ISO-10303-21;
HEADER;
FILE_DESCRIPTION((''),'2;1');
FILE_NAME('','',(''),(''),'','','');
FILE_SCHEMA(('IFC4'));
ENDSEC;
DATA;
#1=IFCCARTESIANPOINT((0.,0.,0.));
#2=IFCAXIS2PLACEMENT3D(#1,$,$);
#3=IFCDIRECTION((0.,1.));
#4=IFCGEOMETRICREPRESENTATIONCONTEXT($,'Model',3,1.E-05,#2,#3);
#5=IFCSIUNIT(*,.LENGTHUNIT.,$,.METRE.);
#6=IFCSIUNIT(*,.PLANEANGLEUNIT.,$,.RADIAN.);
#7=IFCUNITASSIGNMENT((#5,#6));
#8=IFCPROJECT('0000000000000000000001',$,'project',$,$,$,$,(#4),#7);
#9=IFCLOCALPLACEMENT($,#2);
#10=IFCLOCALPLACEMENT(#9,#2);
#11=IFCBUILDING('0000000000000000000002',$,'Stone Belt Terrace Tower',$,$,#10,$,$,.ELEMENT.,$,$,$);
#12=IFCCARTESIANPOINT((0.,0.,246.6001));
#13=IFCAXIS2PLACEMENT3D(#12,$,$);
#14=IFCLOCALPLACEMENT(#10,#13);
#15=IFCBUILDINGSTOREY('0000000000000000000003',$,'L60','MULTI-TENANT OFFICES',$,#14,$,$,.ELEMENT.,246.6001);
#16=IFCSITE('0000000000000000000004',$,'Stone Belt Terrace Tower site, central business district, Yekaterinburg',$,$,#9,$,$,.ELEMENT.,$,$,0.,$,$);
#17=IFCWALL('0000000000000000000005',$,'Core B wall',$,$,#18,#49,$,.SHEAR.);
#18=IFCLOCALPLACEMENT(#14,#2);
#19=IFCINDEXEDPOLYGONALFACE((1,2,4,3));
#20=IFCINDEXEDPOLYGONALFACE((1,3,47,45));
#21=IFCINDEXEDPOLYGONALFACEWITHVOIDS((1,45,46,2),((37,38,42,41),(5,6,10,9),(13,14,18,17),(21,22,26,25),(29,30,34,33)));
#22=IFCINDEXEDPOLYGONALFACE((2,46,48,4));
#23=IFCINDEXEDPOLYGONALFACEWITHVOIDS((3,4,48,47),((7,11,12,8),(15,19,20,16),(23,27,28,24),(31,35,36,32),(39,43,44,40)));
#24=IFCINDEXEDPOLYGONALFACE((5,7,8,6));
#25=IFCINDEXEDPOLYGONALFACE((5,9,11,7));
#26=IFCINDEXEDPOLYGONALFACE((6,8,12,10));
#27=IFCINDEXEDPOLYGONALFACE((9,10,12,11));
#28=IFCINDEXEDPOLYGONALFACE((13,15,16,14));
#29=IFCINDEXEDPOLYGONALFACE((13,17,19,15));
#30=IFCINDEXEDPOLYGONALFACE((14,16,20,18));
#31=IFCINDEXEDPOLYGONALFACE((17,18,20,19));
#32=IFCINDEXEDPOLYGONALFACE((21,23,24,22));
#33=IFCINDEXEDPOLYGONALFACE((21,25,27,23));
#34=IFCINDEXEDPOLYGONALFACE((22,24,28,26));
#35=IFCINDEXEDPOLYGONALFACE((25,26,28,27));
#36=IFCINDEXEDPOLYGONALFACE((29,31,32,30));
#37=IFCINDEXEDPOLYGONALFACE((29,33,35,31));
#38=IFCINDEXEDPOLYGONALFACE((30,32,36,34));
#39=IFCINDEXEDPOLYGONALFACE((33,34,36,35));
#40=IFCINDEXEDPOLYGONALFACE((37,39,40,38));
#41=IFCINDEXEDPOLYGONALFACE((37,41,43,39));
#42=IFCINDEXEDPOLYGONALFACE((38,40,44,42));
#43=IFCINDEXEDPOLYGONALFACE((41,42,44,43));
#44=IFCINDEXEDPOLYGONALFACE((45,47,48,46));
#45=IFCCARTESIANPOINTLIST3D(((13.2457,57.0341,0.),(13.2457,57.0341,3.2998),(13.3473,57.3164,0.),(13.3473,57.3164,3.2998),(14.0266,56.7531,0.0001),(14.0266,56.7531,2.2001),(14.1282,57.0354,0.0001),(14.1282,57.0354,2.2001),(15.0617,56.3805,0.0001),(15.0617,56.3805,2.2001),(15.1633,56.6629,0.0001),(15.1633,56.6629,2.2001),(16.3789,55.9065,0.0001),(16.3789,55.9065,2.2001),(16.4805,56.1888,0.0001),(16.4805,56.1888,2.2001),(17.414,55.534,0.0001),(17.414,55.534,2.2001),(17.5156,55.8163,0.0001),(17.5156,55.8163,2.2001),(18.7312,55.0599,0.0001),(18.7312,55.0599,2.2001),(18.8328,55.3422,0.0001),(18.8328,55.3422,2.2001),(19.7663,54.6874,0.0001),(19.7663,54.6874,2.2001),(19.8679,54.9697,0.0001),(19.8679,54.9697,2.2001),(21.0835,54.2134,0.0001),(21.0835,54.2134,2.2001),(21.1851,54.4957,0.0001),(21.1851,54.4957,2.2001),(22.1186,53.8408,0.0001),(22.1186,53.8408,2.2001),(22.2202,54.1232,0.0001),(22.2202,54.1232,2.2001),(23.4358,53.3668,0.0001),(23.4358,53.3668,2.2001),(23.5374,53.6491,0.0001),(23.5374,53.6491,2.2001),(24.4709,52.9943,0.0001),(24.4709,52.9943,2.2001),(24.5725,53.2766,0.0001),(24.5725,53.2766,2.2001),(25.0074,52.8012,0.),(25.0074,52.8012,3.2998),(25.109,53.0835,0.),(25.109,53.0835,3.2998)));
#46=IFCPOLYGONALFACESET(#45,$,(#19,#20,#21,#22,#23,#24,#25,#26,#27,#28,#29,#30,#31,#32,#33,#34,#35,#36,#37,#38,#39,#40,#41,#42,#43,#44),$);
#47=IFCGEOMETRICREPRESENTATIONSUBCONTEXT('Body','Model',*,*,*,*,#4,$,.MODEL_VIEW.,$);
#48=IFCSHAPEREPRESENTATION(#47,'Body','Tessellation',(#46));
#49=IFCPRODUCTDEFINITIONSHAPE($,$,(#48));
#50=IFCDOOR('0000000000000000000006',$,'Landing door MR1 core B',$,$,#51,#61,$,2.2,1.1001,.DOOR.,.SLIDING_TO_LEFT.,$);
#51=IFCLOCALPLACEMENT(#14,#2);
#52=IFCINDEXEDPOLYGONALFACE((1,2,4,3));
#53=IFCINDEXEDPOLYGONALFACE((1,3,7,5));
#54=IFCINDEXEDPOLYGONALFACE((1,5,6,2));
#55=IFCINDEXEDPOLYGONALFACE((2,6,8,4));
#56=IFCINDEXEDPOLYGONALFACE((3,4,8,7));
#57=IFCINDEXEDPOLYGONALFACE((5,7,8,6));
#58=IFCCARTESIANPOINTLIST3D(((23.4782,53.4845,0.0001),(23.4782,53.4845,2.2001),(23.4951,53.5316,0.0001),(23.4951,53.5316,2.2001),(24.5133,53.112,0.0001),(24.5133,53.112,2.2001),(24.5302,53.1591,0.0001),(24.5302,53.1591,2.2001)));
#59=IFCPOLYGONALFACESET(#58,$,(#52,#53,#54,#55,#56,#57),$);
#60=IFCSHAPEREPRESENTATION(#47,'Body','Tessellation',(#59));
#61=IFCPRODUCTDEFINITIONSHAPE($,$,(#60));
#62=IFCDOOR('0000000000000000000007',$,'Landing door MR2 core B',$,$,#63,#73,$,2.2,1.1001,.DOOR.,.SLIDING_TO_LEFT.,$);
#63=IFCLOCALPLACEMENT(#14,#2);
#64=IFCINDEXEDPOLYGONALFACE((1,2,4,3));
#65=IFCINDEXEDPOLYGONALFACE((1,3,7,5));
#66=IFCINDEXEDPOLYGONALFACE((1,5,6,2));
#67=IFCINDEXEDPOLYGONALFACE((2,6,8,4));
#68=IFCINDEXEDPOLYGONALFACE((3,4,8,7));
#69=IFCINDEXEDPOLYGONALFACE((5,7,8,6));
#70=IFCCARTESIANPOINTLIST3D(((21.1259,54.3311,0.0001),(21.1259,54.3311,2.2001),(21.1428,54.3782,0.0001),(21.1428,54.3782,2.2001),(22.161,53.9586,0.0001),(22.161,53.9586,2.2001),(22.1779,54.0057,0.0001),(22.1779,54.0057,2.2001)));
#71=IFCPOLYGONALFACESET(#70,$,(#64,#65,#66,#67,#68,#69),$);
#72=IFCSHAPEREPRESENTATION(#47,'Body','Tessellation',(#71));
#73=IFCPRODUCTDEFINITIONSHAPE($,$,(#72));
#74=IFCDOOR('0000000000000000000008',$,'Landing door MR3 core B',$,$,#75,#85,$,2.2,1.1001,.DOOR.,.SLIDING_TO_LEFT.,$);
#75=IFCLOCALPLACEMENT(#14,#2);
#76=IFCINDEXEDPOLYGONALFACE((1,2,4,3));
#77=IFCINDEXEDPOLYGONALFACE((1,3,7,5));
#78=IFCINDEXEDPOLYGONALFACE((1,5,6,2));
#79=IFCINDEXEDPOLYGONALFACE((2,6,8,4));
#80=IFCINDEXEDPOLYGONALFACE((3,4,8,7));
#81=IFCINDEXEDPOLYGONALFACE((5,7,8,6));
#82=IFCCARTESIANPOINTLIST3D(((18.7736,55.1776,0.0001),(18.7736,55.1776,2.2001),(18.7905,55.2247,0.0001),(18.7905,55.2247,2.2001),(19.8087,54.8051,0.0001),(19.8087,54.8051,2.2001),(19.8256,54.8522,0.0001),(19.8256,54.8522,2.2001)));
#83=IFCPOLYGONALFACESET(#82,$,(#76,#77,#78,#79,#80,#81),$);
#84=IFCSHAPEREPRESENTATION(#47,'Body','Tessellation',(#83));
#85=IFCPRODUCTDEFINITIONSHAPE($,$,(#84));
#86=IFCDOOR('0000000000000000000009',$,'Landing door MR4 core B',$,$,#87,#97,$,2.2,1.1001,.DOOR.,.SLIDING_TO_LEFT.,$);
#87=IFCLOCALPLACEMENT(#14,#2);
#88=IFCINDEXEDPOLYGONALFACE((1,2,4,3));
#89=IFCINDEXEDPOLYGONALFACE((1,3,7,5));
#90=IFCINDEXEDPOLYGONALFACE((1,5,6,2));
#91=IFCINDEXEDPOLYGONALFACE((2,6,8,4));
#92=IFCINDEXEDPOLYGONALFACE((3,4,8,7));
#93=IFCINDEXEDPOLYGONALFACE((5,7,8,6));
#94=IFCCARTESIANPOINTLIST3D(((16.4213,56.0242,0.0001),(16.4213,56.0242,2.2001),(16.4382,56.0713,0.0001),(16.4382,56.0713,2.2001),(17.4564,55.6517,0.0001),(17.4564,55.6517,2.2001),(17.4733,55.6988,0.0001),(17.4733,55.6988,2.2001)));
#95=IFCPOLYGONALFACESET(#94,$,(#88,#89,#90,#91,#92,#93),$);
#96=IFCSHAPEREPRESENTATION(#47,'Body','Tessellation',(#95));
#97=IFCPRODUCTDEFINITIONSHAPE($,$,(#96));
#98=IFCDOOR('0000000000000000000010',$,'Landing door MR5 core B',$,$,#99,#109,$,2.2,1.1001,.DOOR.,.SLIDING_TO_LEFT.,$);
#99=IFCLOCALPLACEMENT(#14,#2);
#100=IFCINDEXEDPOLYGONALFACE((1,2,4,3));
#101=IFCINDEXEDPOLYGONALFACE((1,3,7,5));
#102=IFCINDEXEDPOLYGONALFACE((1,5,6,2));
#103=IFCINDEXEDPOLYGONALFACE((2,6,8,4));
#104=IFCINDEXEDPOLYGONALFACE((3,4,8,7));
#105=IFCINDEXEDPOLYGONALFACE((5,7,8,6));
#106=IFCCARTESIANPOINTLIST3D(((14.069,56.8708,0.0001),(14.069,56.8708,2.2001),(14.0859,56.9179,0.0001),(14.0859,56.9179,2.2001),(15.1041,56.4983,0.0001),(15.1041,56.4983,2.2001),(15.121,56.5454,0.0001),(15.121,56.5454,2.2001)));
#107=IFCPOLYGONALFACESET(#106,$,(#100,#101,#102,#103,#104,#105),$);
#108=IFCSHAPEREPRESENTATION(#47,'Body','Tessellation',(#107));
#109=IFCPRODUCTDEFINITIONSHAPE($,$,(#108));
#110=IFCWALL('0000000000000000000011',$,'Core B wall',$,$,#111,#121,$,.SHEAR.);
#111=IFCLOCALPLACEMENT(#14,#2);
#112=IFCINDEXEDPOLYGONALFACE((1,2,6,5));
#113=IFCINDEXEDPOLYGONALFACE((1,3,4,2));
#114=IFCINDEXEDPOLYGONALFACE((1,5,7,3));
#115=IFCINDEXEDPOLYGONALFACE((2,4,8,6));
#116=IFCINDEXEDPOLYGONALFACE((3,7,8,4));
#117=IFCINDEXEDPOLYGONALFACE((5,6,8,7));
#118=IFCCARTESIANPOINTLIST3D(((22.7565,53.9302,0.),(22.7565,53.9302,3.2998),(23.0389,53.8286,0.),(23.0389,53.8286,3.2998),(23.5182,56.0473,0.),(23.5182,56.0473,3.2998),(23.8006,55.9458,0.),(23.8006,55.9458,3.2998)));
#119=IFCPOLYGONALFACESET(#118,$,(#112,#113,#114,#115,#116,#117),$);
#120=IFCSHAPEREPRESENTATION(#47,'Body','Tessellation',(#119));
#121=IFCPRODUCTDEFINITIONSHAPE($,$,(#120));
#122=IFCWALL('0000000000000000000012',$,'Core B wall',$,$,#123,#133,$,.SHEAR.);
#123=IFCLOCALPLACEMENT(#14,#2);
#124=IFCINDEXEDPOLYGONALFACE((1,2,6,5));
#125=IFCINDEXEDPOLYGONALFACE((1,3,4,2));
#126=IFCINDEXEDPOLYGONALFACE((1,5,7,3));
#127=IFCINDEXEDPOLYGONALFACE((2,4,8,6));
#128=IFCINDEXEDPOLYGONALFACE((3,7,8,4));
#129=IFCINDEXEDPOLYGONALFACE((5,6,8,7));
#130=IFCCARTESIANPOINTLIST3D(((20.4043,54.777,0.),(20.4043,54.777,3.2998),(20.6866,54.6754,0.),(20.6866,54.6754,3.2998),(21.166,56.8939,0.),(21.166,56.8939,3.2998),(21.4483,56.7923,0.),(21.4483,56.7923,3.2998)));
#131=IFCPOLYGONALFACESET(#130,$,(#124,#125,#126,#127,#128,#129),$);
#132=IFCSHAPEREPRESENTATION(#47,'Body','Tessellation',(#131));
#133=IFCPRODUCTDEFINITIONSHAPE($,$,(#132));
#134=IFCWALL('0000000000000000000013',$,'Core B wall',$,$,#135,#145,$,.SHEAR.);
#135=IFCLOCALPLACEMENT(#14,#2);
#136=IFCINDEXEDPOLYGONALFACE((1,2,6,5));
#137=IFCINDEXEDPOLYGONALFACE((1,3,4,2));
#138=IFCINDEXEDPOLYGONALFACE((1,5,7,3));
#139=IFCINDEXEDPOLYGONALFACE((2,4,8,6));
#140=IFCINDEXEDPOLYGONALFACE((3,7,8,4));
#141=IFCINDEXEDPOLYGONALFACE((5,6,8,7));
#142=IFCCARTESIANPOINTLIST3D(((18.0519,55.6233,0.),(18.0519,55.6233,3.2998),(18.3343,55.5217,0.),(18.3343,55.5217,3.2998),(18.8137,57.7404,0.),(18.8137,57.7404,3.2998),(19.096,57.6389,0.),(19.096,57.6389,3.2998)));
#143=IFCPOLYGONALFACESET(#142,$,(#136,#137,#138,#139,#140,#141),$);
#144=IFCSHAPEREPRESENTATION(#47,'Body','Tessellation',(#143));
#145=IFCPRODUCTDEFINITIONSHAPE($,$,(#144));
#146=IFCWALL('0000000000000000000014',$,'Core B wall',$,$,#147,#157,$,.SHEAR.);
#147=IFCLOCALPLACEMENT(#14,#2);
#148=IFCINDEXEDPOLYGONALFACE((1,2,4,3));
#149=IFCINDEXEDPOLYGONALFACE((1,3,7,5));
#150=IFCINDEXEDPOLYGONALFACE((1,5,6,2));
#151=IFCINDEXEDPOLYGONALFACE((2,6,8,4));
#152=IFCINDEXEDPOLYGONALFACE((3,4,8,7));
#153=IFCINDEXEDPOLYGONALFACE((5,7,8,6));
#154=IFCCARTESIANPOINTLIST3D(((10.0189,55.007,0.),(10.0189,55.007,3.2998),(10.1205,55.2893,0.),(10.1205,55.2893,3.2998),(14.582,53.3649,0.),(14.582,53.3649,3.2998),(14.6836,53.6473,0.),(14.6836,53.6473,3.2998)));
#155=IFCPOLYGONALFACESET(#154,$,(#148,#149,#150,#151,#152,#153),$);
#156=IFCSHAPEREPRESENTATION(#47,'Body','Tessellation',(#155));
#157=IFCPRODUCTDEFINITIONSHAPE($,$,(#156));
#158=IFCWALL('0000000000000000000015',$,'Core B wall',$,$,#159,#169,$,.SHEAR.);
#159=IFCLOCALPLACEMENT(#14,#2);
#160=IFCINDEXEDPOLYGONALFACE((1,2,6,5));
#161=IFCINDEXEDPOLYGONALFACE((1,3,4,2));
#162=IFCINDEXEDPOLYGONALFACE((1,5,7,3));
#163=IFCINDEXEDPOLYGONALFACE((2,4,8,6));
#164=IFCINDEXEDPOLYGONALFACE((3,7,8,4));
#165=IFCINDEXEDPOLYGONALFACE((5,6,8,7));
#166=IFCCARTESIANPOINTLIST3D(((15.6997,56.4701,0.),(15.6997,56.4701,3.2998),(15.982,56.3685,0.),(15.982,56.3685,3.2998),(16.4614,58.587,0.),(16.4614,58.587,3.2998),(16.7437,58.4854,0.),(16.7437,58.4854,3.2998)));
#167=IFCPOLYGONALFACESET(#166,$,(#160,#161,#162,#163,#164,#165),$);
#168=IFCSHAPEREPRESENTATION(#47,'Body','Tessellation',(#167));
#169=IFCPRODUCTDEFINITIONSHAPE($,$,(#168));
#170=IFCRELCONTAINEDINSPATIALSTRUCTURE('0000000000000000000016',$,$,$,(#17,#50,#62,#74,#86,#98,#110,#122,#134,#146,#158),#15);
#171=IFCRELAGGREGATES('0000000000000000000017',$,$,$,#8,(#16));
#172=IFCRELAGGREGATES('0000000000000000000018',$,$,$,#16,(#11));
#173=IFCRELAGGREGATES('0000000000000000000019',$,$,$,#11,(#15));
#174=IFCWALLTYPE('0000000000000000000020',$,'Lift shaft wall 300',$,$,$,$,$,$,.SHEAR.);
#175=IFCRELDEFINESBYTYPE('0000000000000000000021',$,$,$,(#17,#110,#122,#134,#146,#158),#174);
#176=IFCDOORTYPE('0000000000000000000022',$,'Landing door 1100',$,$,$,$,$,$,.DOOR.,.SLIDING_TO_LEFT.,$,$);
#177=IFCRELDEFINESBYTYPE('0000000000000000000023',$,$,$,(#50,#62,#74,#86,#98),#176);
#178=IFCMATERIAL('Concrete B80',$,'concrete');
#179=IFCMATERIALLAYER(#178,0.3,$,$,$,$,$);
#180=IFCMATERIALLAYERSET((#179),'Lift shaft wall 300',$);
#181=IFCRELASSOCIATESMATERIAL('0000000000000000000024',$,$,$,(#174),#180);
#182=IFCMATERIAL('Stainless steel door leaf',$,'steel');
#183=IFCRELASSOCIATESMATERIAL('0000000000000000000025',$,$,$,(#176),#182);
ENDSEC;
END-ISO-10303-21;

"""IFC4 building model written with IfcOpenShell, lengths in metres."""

from ifc_helpers import new_model, si_unit, direction, frame, frame_2d, origin, place, context, subcontext, project, spatial, rectangle, extrude, material, layer, layer_set, type_object, element, fill, save


model = new_model("IFC4")

# Units and contexts
model_context = context("Model", 3, precision=1e-05, world=origin(), true_north=direction((0.0, 1.0)))
body_context = subcontext(model_context, "Body", "Model", "MODEL_VIEW")
ifc_project = project(units=[si_unit("LENGTHUNIT", "METRE"), si_unit("PLANEANGLEUNIT", "RADIAN")], contexts=[model_context])

# Site, building, storey
site_placement = place(None, origin())
site = spatial("IfcSite", under=ifc_project, at=site_placement, Name="Stone Belt Terrace Tower site, central business district, Yekaterinburg", CompositionType="ELEMENT", RefElevation=0.0)
building_placement = place(site_placement, origin())
building = spatial("IfcBuilding", under=site, at=building_placement, Name="Stone Belt Terrace Tower", CompositionType="ELEMENT")
storey_placement = place(building_placement, frame((0.0, 0.0, 246.6001)))
storey = spatial("IfcBuildingStorey", under=building, at=storey_placement, Name="L60", Description="MULTI-TENANT OFFICES", CompositionType="ELEMENT", Elevation=246.6001)

# Shared definitions
ifc_material_1 = material(Name="Concrete B80", Category="concrete")
ifc_layer_1 = layer(ifc_material_1, 0.3)
ifc_layer_set_1 = layer_set([ifc_layer_1], Name="Lift shaft wall 300")
wall_type_1 = type_object("IfcWallType", Name="Lift shaft wall 300", PredefinedType="SHEAR", material=ifc_layer_set_1)

# Wall, openings, doors
wall_1_placement = place(storey_placement, frame((25.0581, 52.9424, 0.0), z_axis=(0.0, 0.0, 1.0), x_axis=(-0.940921, 0.338627, 0.0)))
wall_1 = element("IfcWall", 1, at=wall_1_placement, inside=storey, type_object=wall_type_1, Name="Core B wall", PredefinedType="SHEAR", context=body_context, shape_type="SweptSolid", body=[
    extrude(rectangle(XDim=12.5002, YDim=0.3, at=frame_2d((6.25, 0.0))), origin(), (0.0, 0.0, 1.0), 3.2998),
])
opening_1_placement = place(wall_1_placement, frame((0.5701, 0.0, 0.0)))
opening_1 = element("IfcOpeningElement", 2, at=opening_1_placement, cuts=wall_1, PredefinedType="OPENING", context=body_context, shape_type="SweptSolid", body=[
    extrude(rectangle(XDim=1.1001, YDim=2.2, at=frame_2d((0.55, 1.1001))), frame((0.0, 0.1599, 0.0), z_axis=(0.0, -1.0, 0.0), x_axis=(1.0, 0.0, 0.0)), (0.0, 0.0, 1.0), 0.3201),
])
opening_2_placement = place(wall_1_placement, frame((3.0701, 0.0, 0.0)))
opening_2 = element("IfcOpeningElement", 3, at=opening_2_placement, cuts=wall_1, PredefinedType="OPENING", context=body_context, shape_type="SweptSolid", body=[
    extrude(rectangle(XDim=1.1001, YDim=2.2, at=frame_2d((0.55, 1.1001))), frame((0.0, 0.1599, 0.0), z_axis=(0.0, -1.0, 0.0), x_axis=(1.0, 0.0, 0.0)), (0.0, 0.0, 1.0), 0.3201),
])
opening_3_placement = place(wall_1_placement, frame((5.5701, 0.0, 0.0)))
opening_3 = element("IfcOpeningElement", 4, at=opening_3_placement, cuts=wall_1, PredefinedType="OPENING", context=body_context, shape_type="SweptSolid", body=[
    extrude(rectangle(XDim=1.1001, YDim=2.2, at=frame_2d((0.55, 1.1001))), frame((0.0, 0.1599, 0.0), z_axis=(0.0, -1.0, 0.0), x_axis=(1.0, 0.0, 0.0)), (0.0, 0.0, 1.0), 0.3201),
])
opening_4_placement = place(wall_1_placement, frame((8.0701, 0.0, 0.0)))
opening_4 = element("IfcOpeningElement", 5, at=opening_4_placement, cuts=wall_1, PredefinedType="OPENING", context=body_context, shape_type="SweptSolid", body=[
    extrude(rectangle(XDim=1.1001, YDim=2.2, at=frame_2d((0.55, 1.1001))), frame((0.0, 0.1599, 0.0), z_axis=(0.0, -1.0, 0.0), x_axis=(1.0, 0.0, 0.0)), (0.0, 0.0, 1.0), 0.3201),
])
opening_5_placement = place(wall_1_placement, frame((10.5701, 0.0, 0.0)))
opening_5 = element("IfcOpeningElement", 6, at=opening_5_placement, cuts=wall_1, PredefinedType="OPENING", context=body_context, shape_type="SweptSolid", body=[
    extrude(rectangle(XDim=1.1001, YDim=2.2, at=frame_2d((0.55, 1.1001))), frame((0.0, 0.1599, 0.0), z_axis=(0.0, -1.0, 0.0), x_axis=(1.0, 0.0, 0.0)), (0.0, 0.0, 1.0), 0.3201),
])
ifc_material_2 = material(Name="Stainless steel door leaf", Category="steel")
door_type = type_object("IfcDoorType", Name="Landing door 1100", OperationType="SLIDING_TO_LEFT", PredefinedType="DOOR", material=ifc_material_2)
door_1_placement = place(opening_1_placement, origin())
door_1 = element("IfcDoor", 7, at=door_1_placement, inside=storey, type_object=door_type, Name="Landing door MR1 core B", OperationType="SLIDING_TO_LEFT", OverallHeight=2.2, OverallWidth=1.1001, PredefinedType="DOOR", context=body_context, shape_type="SweptSolid", body=[
    extrude(rectangle(XDim=1.1001, YDim=2.2, at=frame_2d((0.55, 1.1001))), frame((0.0, 0.0249, 0.0), z_axis=(0.0, -1.0, 0.0), x_axis=(1.0, 0.0, 0.0)), (0.0, 0.0, 1.0), 0.05),
])
fill(opening_1, door_1)
door_2_placement = place(opening_2_placement, origin())
door_2 = element("IfcDoor", 8, at=door_2_placement, inside=storey, type_object=door_type, Name="Landing door MR2 core B", OperationType="SLIDING_TO_LEFT", OverallHeight=2.2, OverallWidth=1.1001, PredefinedType="DOOR", context=body_context, shape_type="SweptSolid", body=[
    extrude(rectangle(XDim=1.1001, YDim=2.2, at=frame_2d((0.55, 1.1001))), frame((0.0, 0.0249, 0.0), z_axis=(0.0, -1.0, 0.0), x_axis=(1.0, 0.0, 0.0)), (0.0, 0.0, 1.0), 0.05),
])
fill(opening_2, door_2)
door_3_placement = place(opening_3_placement, origin())
door_3 = element("IfcDoor", 9, at=door_3_placement, inside=storey, type_object=door_type, Name="Landing door MR3 core B", OperationType="SLIDING_TO_LEFT", OverallHeight=2.2, OverallWidth=1.1001, PredefinedType="DOOR", context=body_context, shape_type="SweptSolid", body=[
    extrude(rectangle(XDim=1.1001, YDim=2.2, at=frame_2d((0.55, 1.1001))), frame((0.0, 0.0249, 0.0), z_axis=(0.0, -1.0, 0.0), x_axis=(1.0, 0.0, 0.0)), (0.0, 0.0, 1.0), 0.05),
])
fill(opening_3, door_3)
door_4_placement = place(opening_4_placement, origin())
door_4 = element("IfcDoor", 10, at=door_4_placement, inside=storey, type_object=door_type, Name="Landing door MR4 core B", OperationType="SLIDING_TO_LEFT", OverallHeight=2.2, OverallWidth=1.1001, PredefinedType="DOOR", context=body_context, shape_type="SweptSolid", body=[
    extrude(rectangle(XDim=1.1001, YDim=2.2, at=frame_2d((0.55, 1.1001))), frame((0.0, 0.0249, 0.0), z_axis=(0.0, -1.0, 0.0), x_axis=(1.0, 0.0, 0.0)), (0.0, 0.0, 1.0), 0.05),
])
fill(opening_4, door_4)
door_5_placement = place(opening_5_placement, origin())
door_5 = element("IfcDoor", 11, at=door_5_placement, inside=storey, type_object=door_type, Name="Landing door MR5 core B", OperationType="SLIDING_TO_LEFT", OverallHeight=2.2, OverallWidth=1.1001, PredefinedType="DOOR", context=body_context, shape_type="SweptSolid", body=[
    extrude(rectangle(XDim=1.1001, YDim=2.2, at=frame_2d((0.55, 1.1001))), frame((0.0, 0.0249, 0.0), z_axis=(0.0, -1.0, 0.0), x_axis=(1.0, 0.0, 0.0)), (0.0, 0.0, 1.0), 0.05),
])
fill(opening_5, door_5)

# Walls
wall_2_placement = place(storey_placement, frame((22.8977, 53.8794, 0.0), z_axis=(0.0, 0.0, 1.0), x_axis=(0.338535, 0.940954, 0.0)))
element("IfcWall", 12, at=wall_2_placement, inside=storey, type_object=wall_type_1, Name="Core B wall", PredefinedType="SHEAR", context=body_context, shape_type="SweptSolid", body=[
    extrude(rectangle(XDim=2.25, YDim=0.3, at=frame_2d((1.125, 0.0))), origin(), (0.0, 0.0, 1.0), 3.2998),
])
wall_3_placement = place(storey_placement, frame((20.5454, 54.7261, 0.0), z_axis=(0.0, 0.0, 1.0), x_axis=(0.33857, 0.940941, 0.0)))
element("IfcWall", 13, at=wall_3_placement, inside=storey, type_object=wall_type_1, Name="Core B wall", PredefinedType="SHEAR", context=body_context, shape_type="SweptSolid", body=[
    extrude(rectangle(XDim=2.2498, YDim=0.3, at=frame_2d((1.125, 0.0))), origin(), (0.0, 0.0, 1.0), 3.2998),
])
wall_4_placement = place(storey_placement, frame((18.1931, 55.5725, 0.0), z_axis=(0.0, 0.0, 1.0), x_axis=(0.338535, 0.940954, 0.0)))
element("IfcWall", 14, at=wall_4_placement, inside=storey, type_object=wall_type_1, Name="Core B wall", PredefinedType="SHEAR", context=body_context, shape_type="SweptSolid", body=[
    extrude(rectangle(XDim=2.25, YDim=0.3, at=frame_2d((1.125, 0.0))), origin(), (0.0, 0.0, 1.0), 3.2998),
])
wall_5_placement = place(storey_placement, frame((14.6328, 53.5061, 0.0), z_axis=(0.0, 0.0, 1.0), x_axis=(-0.940932, 0.338596, 0.0)))
element("IfcWall", 15, at=wall_5_placement, inside=storey, type_object=wall_type_1, Name="Core B wall", PredefinedType="SHEAR", context=body_context, shape_type="SweptSolid", body=[
    extrude(rectangle(XDim=4.8496, YDim=0.3, at=frame_2d((2.4248, 0.0))), origin(), (0.0, 0.0, 1.0), 3.2998),
])
wall_6_placement = place(storey_placement, frame((15.8408, 56.4192, 0.0), z_axis=(0.0, 0.0, 1.0), x_axis=(0.33857, 0.940941, 0.0)))
element("IfcWall", 16, at=wall_6_placement, inside=storey, type_object=wall_type_1, Name="Core B wall", PredefinedType="SHEAR", context=body_context, shape_type="SweptSolid", body=[
    extrude(rectangle(XDim=2.2498, YDim=0.3, at=frame_2d((1.125, 0.0))), origin(), (0.0, 0.0, 1.0), 3.2998),
])

save(model, "model.ifc")
